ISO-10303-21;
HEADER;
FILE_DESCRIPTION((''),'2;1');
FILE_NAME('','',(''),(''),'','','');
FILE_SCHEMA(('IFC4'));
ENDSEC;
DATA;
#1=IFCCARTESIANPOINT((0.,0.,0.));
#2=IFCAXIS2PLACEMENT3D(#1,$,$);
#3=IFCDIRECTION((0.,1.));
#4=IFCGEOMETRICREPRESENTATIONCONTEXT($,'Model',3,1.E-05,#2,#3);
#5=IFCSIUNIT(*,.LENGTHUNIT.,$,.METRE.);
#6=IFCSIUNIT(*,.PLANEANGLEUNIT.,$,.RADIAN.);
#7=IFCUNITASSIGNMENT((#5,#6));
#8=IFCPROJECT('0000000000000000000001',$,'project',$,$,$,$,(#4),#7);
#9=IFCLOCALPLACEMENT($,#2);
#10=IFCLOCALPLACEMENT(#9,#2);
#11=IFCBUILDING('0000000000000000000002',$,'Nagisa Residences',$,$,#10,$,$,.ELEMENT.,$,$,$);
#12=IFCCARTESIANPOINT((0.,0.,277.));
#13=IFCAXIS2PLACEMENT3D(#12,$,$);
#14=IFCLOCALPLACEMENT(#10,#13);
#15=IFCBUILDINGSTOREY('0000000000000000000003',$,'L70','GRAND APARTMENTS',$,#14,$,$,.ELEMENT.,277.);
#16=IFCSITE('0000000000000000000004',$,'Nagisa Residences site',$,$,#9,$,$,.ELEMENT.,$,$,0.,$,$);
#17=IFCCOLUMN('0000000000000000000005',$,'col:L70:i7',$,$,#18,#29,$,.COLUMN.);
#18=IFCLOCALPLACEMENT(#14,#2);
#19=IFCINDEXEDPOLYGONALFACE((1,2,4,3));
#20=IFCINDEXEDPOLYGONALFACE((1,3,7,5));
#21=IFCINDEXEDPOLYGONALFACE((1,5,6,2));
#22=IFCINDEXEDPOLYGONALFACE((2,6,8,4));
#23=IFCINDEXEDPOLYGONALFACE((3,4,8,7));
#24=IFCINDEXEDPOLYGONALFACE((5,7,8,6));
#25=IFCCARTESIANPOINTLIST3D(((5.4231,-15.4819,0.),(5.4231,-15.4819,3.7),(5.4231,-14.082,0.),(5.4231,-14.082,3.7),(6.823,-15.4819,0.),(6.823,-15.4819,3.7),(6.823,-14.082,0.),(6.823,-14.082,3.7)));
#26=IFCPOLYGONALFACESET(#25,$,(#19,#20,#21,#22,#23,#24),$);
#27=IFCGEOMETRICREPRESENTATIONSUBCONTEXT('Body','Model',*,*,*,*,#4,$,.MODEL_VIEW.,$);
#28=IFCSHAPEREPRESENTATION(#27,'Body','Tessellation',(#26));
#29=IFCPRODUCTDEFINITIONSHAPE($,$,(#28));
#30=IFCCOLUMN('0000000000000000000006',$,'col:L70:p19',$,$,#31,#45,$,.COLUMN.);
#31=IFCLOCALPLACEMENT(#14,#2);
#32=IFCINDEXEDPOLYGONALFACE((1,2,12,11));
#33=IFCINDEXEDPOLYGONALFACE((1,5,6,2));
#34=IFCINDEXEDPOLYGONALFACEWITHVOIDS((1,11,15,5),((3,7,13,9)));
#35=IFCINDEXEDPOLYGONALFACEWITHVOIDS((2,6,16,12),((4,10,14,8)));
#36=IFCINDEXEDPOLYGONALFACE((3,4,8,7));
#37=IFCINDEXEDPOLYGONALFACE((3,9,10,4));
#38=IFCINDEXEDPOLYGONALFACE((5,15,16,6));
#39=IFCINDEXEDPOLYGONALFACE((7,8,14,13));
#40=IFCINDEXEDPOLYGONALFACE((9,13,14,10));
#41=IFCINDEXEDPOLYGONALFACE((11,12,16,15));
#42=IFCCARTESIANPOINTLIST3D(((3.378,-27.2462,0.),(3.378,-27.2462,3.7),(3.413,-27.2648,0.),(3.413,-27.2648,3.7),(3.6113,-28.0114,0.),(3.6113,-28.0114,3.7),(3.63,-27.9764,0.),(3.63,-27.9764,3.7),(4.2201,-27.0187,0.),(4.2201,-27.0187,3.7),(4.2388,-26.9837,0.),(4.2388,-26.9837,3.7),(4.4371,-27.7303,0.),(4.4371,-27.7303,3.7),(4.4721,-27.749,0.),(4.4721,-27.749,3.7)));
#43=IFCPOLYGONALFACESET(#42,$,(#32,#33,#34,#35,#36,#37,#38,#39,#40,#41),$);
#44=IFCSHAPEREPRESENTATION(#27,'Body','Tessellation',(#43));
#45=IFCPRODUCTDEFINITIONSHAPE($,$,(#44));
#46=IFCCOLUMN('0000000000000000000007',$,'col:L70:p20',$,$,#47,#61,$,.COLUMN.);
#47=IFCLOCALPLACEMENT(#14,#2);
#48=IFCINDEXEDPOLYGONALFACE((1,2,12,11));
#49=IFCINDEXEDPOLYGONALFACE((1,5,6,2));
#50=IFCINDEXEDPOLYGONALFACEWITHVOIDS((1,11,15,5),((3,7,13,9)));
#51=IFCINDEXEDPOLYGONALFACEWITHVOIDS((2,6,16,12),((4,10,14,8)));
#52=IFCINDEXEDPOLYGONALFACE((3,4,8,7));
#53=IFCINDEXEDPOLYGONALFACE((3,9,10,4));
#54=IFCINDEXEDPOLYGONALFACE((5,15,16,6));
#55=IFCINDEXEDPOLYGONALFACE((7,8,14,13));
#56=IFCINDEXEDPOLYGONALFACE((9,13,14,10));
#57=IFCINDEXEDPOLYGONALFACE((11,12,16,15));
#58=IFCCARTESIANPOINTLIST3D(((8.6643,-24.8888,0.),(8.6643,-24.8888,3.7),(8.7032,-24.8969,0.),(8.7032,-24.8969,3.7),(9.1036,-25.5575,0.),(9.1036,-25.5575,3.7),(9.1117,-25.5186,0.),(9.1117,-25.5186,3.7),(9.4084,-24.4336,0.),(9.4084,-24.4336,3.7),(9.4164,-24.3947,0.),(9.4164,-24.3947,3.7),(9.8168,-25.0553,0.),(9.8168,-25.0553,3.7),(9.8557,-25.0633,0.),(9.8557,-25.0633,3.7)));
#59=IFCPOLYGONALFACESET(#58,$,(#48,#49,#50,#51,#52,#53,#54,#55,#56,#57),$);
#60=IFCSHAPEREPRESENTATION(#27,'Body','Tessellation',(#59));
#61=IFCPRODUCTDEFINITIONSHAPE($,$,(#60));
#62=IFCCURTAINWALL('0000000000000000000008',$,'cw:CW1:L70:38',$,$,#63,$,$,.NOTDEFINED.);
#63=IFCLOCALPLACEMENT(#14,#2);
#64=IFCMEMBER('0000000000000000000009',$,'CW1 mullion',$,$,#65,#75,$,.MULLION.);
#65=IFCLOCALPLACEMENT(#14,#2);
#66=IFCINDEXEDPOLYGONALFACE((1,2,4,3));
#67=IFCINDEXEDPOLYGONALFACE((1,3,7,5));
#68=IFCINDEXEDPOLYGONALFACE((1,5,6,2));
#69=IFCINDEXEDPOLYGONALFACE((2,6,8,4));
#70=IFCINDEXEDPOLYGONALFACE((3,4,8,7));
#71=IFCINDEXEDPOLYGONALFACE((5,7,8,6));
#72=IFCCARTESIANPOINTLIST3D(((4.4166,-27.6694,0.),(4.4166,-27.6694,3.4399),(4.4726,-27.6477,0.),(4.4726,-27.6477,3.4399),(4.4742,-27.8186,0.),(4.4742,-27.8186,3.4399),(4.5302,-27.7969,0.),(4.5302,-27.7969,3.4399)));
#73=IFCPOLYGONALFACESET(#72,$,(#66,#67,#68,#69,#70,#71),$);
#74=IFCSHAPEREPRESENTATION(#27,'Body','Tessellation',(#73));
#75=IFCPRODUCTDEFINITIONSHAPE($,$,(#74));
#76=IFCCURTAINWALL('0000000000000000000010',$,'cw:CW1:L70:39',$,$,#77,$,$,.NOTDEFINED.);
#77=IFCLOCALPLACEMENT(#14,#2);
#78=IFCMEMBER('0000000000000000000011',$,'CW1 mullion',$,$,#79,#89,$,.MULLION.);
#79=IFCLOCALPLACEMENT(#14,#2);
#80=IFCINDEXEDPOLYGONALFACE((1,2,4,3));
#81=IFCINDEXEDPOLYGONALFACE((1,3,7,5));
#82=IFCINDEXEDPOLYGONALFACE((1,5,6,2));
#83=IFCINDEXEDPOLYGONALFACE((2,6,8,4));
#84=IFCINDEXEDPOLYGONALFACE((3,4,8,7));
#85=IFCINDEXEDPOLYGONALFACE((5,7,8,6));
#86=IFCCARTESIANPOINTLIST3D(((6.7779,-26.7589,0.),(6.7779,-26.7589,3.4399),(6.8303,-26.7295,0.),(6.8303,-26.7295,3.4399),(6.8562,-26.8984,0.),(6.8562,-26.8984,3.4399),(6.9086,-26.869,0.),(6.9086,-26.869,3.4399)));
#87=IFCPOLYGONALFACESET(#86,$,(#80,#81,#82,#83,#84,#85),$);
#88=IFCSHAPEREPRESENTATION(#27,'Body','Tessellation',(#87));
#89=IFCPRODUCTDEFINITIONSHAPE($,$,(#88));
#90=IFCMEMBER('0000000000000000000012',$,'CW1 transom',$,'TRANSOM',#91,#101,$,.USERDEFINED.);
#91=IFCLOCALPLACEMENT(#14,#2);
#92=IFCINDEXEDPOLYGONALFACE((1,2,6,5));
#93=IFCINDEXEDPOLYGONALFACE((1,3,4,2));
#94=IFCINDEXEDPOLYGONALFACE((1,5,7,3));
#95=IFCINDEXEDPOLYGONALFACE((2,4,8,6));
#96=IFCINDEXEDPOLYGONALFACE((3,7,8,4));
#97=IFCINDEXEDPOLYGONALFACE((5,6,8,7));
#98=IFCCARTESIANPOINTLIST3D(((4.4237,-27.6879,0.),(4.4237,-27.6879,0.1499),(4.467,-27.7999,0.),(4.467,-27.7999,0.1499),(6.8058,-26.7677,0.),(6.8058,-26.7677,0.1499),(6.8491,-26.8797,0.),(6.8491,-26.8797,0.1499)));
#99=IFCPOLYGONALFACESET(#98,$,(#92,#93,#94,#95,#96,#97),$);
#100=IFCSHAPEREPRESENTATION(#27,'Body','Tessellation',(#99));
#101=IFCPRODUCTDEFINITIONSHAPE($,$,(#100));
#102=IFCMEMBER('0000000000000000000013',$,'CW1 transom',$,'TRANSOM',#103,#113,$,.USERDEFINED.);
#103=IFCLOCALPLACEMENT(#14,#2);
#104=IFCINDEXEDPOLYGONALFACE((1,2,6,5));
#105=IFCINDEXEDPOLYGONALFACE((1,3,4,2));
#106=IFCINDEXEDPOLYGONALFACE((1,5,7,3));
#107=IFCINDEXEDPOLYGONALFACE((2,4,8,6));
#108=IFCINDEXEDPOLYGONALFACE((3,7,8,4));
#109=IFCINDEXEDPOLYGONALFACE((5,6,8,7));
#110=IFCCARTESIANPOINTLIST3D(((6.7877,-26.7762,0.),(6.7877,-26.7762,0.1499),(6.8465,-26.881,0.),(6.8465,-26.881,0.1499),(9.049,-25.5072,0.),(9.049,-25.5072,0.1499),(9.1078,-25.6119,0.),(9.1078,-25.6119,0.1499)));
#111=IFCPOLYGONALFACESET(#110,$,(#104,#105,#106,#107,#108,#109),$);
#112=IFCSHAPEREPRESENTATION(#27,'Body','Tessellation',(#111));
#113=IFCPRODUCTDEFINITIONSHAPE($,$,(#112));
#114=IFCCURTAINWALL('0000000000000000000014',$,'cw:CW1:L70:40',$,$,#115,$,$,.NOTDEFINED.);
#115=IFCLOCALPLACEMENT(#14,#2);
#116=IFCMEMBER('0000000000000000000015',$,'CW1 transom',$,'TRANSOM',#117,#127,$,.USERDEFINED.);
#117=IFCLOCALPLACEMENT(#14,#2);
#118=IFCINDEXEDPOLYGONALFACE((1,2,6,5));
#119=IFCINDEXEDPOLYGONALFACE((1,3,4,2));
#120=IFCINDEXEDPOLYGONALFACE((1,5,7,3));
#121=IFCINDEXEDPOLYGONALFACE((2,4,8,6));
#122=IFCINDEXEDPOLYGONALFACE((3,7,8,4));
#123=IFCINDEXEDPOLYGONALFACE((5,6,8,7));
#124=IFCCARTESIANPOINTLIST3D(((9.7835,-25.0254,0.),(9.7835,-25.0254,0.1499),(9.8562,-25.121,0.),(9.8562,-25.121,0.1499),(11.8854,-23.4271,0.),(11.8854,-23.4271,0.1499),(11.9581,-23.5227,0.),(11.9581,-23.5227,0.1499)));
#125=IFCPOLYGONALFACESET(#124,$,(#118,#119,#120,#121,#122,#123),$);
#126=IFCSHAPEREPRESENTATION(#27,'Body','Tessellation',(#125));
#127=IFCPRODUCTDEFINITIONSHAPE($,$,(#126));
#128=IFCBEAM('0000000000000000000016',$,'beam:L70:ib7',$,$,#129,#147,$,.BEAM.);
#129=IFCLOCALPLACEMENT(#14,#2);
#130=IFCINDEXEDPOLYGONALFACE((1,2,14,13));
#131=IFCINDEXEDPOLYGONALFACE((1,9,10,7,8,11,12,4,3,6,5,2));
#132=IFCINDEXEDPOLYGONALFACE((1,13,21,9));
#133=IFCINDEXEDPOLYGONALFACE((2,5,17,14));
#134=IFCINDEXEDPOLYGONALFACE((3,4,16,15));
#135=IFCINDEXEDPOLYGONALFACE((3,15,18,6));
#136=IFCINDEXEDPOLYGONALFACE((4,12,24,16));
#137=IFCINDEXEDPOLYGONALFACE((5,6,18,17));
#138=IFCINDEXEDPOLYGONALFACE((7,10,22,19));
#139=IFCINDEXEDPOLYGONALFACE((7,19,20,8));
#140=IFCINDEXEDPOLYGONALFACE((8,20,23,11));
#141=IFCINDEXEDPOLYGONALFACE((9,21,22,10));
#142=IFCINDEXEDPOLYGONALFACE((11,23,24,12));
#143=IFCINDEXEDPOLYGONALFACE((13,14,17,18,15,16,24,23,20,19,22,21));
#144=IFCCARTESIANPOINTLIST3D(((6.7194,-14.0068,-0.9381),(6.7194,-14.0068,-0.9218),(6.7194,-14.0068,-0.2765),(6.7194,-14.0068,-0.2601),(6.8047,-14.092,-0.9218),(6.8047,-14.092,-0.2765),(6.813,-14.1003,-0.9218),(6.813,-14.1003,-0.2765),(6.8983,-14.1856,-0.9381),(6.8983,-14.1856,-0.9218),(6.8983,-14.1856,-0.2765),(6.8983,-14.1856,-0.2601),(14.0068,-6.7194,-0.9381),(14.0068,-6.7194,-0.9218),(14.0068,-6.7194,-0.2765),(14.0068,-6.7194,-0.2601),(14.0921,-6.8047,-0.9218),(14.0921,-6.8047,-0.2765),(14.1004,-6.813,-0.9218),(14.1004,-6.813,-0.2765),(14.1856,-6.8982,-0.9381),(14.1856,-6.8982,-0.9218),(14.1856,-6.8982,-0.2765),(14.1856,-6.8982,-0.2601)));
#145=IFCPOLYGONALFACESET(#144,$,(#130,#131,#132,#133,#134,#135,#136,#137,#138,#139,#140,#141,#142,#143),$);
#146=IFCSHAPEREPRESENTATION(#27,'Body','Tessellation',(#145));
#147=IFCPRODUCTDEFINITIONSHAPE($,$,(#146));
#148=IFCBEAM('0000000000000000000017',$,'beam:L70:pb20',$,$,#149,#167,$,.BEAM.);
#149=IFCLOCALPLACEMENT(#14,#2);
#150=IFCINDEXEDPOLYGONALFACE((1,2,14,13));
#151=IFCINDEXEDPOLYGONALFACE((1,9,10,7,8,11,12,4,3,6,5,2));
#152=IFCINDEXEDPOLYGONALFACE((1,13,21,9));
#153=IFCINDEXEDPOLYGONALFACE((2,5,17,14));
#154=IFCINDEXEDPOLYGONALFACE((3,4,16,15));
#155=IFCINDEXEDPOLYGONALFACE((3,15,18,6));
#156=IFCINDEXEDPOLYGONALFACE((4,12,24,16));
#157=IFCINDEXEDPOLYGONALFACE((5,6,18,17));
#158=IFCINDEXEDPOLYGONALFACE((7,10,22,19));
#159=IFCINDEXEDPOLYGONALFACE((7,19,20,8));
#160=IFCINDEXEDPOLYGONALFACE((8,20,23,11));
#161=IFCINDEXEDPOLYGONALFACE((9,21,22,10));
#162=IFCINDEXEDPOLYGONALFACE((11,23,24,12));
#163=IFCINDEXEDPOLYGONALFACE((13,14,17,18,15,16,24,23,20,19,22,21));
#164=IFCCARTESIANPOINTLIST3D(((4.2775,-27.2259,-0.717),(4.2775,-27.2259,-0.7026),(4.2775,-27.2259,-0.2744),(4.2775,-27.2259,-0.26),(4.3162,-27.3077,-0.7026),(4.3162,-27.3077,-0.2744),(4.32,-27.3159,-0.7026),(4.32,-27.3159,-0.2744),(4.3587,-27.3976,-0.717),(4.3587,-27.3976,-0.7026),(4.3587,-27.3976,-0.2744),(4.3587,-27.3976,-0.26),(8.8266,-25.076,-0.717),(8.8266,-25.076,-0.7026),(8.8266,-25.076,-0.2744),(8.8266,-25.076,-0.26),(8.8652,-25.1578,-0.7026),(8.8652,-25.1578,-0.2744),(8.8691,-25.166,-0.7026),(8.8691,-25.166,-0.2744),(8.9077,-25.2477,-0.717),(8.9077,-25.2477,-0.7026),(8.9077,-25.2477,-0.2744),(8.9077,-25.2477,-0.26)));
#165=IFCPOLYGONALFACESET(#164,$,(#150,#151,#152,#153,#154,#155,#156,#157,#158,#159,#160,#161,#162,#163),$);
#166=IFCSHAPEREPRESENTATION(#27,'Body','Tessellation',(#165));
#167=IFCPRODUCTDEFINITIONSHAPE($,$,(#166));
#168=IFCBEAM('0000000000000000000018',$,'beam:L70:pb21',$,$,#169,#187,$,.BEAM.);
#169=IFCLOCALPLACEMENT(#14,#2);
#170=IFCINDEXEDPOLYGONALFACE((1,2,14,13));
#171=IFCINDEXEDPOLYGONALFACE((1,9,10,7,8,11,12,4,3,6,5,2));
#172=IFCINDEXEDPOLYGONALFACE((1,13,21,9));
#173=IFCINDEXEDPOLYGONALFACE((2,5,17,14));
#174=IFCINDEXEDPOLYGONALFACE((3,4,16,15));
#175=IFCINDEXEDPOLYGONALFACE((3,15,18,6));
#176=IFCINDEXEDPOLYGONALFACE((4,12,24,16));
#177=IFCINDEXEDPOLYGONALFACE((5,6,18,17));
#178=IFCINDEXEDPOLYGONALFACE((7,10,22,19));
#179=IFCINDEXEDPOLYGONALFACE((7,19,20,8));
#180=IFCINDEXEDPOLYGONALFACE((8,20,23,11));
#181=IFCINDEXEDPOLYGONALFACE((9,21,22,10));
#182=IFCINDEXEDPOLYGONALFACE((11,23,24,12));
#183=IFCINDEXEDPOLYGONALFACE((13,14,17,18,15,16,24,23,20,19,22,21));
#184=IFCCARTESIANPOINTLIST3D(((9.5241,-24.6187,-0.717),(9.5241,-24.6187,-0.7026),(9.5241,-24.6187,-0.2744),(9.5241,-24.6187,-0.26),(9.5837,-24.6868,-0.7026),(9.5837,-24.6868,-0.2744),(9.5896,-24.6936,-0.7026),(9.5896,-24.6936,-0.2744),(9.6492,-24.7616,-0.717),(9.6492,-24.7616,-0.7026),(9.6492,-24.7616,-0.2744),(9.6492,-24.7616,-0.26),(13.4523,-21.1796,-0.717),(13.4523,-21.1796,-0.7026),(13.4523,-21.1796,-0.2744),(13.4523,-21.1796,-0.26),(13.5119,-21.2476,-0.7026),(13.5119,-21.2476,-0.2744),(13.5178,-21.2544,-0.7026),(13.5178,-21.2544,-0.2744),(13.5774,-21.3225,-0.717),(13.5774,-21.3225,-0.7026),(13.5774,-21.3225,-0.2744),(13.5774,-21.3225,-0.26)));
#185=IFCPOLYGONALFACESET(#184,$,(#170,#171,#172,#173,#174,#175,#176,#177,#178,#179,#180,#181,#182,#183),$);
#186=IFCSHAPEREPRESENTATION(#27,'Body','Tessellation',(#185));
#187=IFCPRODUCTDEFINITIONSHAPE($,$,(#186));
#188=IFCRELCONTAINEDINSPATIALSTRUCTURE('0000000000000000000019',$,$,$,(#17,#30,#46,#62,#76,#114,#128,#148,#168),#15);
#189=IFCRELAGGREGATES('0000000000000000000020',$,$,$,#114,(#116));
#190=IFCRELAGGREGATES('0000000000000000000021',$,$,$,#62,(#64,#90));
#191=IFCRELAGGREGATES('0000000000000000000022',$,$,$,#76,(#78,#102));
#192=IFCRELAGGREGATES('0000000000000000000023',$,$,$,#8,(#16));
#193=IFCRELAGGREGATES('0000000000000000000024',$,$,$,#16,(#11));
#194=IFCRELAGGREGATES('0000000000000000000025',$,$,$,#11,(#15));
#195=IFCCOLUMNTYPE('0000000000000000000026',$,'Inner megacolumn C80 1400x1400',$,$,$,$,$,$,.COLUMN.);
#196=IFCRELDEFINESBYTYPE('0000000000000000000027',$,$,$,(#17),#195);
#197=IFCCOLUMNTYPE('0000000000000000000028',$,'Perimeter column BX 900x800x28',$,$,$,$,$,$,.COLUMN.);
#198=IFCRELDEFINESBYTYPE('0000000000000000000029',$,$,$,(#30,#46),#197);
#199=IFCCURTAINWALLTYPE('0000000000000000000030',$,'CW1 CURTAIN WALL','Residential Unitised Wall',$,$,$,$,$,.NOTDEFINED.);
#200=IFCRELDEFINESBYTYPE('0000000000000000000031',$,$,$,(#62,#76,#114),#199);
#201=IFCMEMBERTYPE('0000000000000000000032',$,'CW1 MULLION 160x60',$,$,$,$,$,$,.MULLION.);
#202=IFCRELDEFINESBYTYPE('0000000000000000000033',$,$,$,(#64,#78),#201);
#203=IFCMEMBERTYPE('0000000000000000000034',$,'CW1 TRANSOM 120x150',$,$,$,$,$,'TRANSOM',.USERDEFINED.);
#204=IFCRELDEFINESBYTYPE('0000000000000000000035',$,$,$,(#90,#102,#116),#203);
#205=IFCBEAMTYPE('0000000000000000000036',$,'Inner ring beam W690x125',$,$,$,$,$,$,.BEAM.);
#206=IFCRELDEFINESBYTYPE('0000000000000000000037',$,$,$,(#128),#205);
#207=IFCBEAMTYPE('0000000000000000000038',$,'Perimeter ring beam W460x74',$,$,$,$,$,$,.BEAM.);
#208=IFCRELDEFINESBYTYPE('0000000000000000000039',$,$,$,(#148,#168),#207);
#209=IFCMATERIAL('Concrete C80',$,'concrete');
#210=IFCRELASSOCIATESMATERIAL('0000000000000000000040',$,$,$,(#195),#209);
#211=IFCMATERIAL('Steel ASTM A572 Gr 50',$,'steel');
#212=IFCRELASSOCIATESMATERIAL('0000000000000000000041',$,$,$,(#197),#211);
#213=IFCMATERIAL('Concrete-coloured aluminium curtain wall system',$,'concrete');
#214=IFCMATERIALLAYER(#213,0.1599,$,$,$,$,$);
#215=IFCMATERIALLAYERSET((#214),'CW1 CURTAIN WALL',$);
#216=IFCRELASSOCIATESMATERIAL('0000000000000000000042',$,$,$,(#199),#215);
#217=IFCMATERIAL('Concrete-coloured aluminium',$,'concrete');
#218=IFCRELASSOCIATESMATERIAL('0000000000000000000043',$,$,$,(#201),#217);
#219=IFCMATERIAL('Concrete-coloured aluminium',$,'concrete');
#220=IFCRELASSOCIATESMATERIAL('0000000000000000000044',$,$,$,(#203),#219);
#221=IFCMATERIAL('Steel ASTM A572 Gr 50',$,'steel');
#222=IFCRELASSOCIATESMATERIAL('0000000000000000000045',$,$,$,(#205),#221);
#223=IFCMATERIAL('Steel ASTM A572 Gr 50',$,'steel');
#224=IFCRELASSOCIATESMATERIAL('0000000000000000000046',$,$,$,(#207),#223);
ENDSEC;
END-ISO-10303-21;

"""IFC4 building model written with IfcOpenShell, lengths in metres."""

from ifc_helpers import new_model, si_unit, direction, frame, origin, origin_2d, place, context, subcontext, project, spatial, rectangle, hollow_rectangle, i_section, extrude, material, layer, layer_set, material_profile, profile_set, type_object, element, aggregate, save


model = new_model("IFC4")

# Units and contexts
model_context = context("Model", 3, precision=1e-05, world=origin(), true_north=direction((0.0, 1.0)))
body_context = subcontext(model_context, "Body", "Model", "MODEL_VIEW")
ifc_project = project(units=[si_unit("LENGTHUNIT", "METRE"), si_unit("PLANEANGLEUNIT", "RADIAN")], contexts=[model_context])

# Site, building, storey
site_placement = place(None, origin())
site = spatial("IfcSite", under=ifc_project, at=site_placement, Name="Nagisa Residences site", CompositionType="ELEMENT", RefElevation=0.0)
building_placement = place(site_placement, origin())
building = spatial("IfcBuilding", under=site, at=building_placement, Name="Nagisa Residences", CompositionType="ELEMENT")
storey_placement = place(building_placement, frame((0.0, 0.0, 277.0)))
storey = spatial("IfcBuildingStorey", under=building, at=storey_placement, Name="L70", Description="GRAND APARTMENTS", CompositionType="ELEMENT", Elevation=277.0)

# Columns
ifc_material_1 = material(Name="Concrete C80", Category="concrete")
ifc_material_profile_1 = material_profile(ifc_material_1, rectangle(XDim=1.3999, YDim=1.3999, at=origin_2d()), Name="C80 1400x1400")
ifc_profile_set_1 = profile_set([ifc_material_profile_1], Name="Concrete C80")
column_type_1 = type_object("IfcColumnType", Name="Inner megacolumn C80 1400x1400", PredefinedType="COLUMN", material=ifc_profile_set_1)
column_placement = place(storey_placement, frame((6.123, -14.782, 0.0), z_axis=(0.0, 0.0, 1.0), x_axis=(1.0, 0.0, 0.0)))
element("IfcColumn", 1, at=column_placement, inside=storey, type_object=column_type_1, Name="col:L70:i7", PredefinedType="COLUMN", context=body_context, shape_type="SweptSolid", body=[
    extrude(rectangle(XDim=1.3999, YDim=1.3999, at=origin_2d()), origin(), (0.0, 0.0, 1.0), 3.7),
])
ifc_material_2 = material(Name="Steel ASTM A572 Gr 50", Category="steel")
ifc_material_profile_2 = material_profile(ifc_material_2, hollow_rectangle(XDim=0.8999, YDim=0.8, WallThickness=0.0281, at=origin_2d()), Name="BX 900x800x28")
ifc_profile_set_2 = profile_set([ifc_material_profile_2], Name="Steel ASTM A572 Gr 50")
column_type_2 = type_object("IfcColumnType", Name="Perimeter column BX 900x800x28", PredefinedType="COLUMN", material=ifc_profile_set_2)
for number, where, z_axis, x_axis, name in (
    (2, (3.925, -27.4976, 0.0), (0.0, 0.0, 1.0), (0.956525, 0.291652, 0.0), "col:L70:p19"),
    (3, (9.26, -24.9761, 0.0), (0.0, 0.0, 1.0), (0.835766, 0.549086, 0.0), "col:L70:p20"),
):
    element("IfcColumn", number, at=place(storey_placement, frame(where, z_axis=z_axis, x_axis=x_axis)), inside=storey, type_object=column_type_2, Name=name, PredefinedType="COLUMN", context=body_context, shape_type="SweptSolid", body=[
        extrude(hollow_rectangle(XDim=0.8999, YDim=0.8, WallThickness=0.0281, at=origin_2d()), origin(), (0.0, 0.0, 1.0), 3.7),
    ])

# Curtain walls, members
ifc_material_3 = material(Name="Concrete-coloured aluminium curtain wall system", Category="concrete")
ifc_layer_1 = layer(ifc_material_3, 0.1599)
ifc_layer_set_1 = layer_set([ifc_layer_1], Name="CW1 CURTAIN WALL")
curtain_wall_type = type_object("IfcCurtainWallType", Name="CW1 CURTAIN WALL", Description="Residential Unitised Wall", PredefinedType="NOTDEFINED", material=ifc_layer_set_1)
curtain_wall_1_placement = place(storey_placement, origin())
curtain_wall_1 = element("IfcCurtainWall", 4, at=curtain_wall_1_placement, inside=storey, type_object=curtain_wall_type, Name="cw:CW1:L70:38", PredefinedType="NOTDEFINED")
ifc_material_4 = material(Name="Concrete-coloured aluminium", Category="concrete")
ifc_material_profile_3 = material_profile(ifc_material_4, rectangle(XDim=0.1599, YDim=0.0601, at=origin_2d()), Name="CW1 MULLION 160x60")
ifc_profile_set_3 = profile_set([ifc_material_profile_3], Name="Concrete-coloured aluminium")
member_type_1 = type_object("IfcMemberType", Name="CW1 MULLION 160x60", PredefinedType="MULLION", material=ifc_profile_set_3)
member_1_placement = place(storey_placement, frame((4.4734, -27.7332, 0.0), z_axis=(0.0, 0.0, 1.0), x_axis=(-0.360328, 0.932826, 0.0)))
member_1 = element("IfcMember", 5, at=member_1_placement, type_object=member_type_1, Name="CW1 mullion", PredefinedType="MULLION", context=body_context, shape_type="SweptSolid", body=[
    extrude(rectangle(XDim=0.1599, YDim=0.0601, at=origin_2d()), origin(), (0.0, 0.0, 1.0), 3.4399),
])
curtain_wall_2_placement = place(storey_placement, origin())
curtain_wall_2 = element("IfcCurtainWall", 6, at=curtain_wall_2_placement, inside=storey, type_object=curtain_wall_type, Name="cw:CW1:L70:39", PredefinedType="NOTDEFINED")
member_2_placement = place(storey_placement, frame((6.8433, -26.814, 0.0), z_axis=(0.0, 0.0, 1.0), x_axis=(-0.489377, 0.872072, 0.0)))
member_2 = element("IfcMember", 7, at=member_2_placement, type_object=member_type_1, Name="CW1 mullion", PredefinedType="MULLION", context=body_context, shape_type="SweptSolid", body=[
    extrude(rectangle(XDim=0.1599, YDim=0.0601, at=origin_2d()), origin(), (0.0, 0.0, 1.0), 3.4399),
])

# Members
ifc_material_5 = material(Name="Concrete-coloured aluminium", Category="concrete")
ifc_material_profile_4 = material_profile(ifc_material_5, rectangle(XDim=0.1201, YDim=0.1499, at=origin_2d()), Name="CW1 TRANSOM 120x150")
ifc_profile_set_4 = profile_set([ifc_material_profile_4], Name="Concrete-coloured aluminium")
member_type_2 = type_object("IfcMemberType", Name="CW1 TRANSOM 120x150", ElementType="TRANSOM", PredefinedType="USERDEFINED", material=ifc_profile_set_4)
member_3_placement = place(storey_placement, frame((4.4453, -27.7439, 0.075), z_axis=(0.932822, 0.360337, 0.0), x_axis=(-0.360337, 0.932822, 0.0)))
member_3 = element("IfcMember", 8, at=member_3_placement, type_object=member_type_2, Name="CW1 transom", ObjectType="TRANSOM", PredefinedType="USERDEFINED", context=body_context, shape_type="SweptSolid", body=[
    extrude(rectangle(XDim=0.1201, YDim=0.1499, at=origin_2d()), origin(), (0.0, 0.0, 1.0), 2.5537),
])
member_4_placement = place(storey_placement, frame((6.8171, -26.8286, 0.075), z_axis=(0.872053, 0.489412, 0.0), x_axis=(-0.489412, 0.872053, 0.0)))
member_4 = element("IfcMember", 9, at=member_4_placement, type_object=member_type_2, Name="CW1 transom", ObjectType="TRANSOM", PredefinedType="USERDEFINED", context=body_context, shape_type="SweptSolid", body=[
    extrude(rectangle(XDim=0.1201, YDim=0.1499, at=origin_2d()), origin(), (0.0, 0.0, 1.0), 2.593),
])

# Curtain wall, member
curtain_wall_3_placement = place(storey_placement, origin())
curtain_wall_3 = element("IfcCurtainWall", 10, at=curtain_wall_3_placement, inside=storey, type_object=curtain_wall_type, Name="cw:CW1:L70:40", PredefinedType="NOTDEFINED")
member_5_placement = place(storey_placement, frame((9.8198, -25.0732, 0.075), z_axis=(0.796011, 0.605282, 0.0), x_axis=(-0.605282, 0.796011, 0.0)))
member_5 = element("IfcMember", 11, at=member_5_placement, type_object=member_type_2, Name="CW1 transom", ObjectType="TRANSOM", PredefinedType="USERDEFINED", context=body_context, shape_type="SweptSolid", body=[
    extrude(rectangle(XDim=0.1201, YDim=0.1499, at=origin_2d()), origin(), (0.0, 0.0, 1.0), 2.6406),
])
aggregate(curtain_wall_3, [member_5])

# Beams
ifc_material_6 = material(Name="Steel ASTM A572 Gr 50", Category="steel")
ifc_material_profile_5 = material_profile(ifc_material_6, i_section(OverallWidth=0.2529, OverallDepth=0.678, WebThickness=0.0117, FlangeThickness=0.0164, at=origin_2d()), Name="W690x125")
ifc_profile_set_5 = profile_set([ifc_material_profile_5], Name="Steel ASTM A572 Gr 50")
beam_type_1 = type_object("IfcBeamType", Name="Inner ring beam W690x125", PredefinedType="BEAM", material=ifc_profile_set_5)
beam_1_placement = place(storey_placement, frame((6.8088, -14.0962, -0.5991), z_axis=(0.707107, 0.707107, 0.0), x_axis=(-0.707107, 0.707107, 0.0)))
element("IfcBeam", 12, at=beam_1_placement, inside=storey, type_object=beam_type_1, Name="beam:L70:ib7", PredefinedType="BEAM", context=body_context, shape_type="SweptSolid", body=[
    extrude(i_section(OverallWidth=0.2529, OverallDepth=0.678, WebThickness=0.0117, FlangeThickness=0.0164, at=origin_2d()), origin(), (0.0, 0.0, 1.0), 10.3059),
])
ifc_material_7 = material(Name="Steel ASTM A572 Gr 50", Category="steel")
ifc_material_profile_6 = material_profile(ifc_material_7, i_section(OverallWidth=0.1899, OverallDepth=0.457, WebThickness=0.009, FlangeThickness=0.0144, at=origin_2d()), Name="W460x74")
ifc_profile_set_6 = profile_set([ifc_material_profile_6], Name="Steel ASTM A572 Gr 50")
beam_type_2 = type_object("IfcBeamType", Name="Perimeter ring beam W460x74", PredefinedType="BEAM", material=ifc_profile_set_6)
beam_2_placement = place(storey_placement, frame((4.3181, -27.3118, -0.4885), z_axis=(0.904116, 0.427287, 0.0), x_axis=(-0.427287, 0.904116, 0.0)))
element("IfcBeam", 13, at=beam_2_placement, inside=storey, type_object=beam_type_2, Name="beam:L70:pb20", PredefinedType="BEAM", context=body_context, shape_type="SweptSolid", body=[
    extrude(i_section(OverallWidth=0.1899, OverallDepth=0.457, WebThickness=0.009, FlangeThickness=0.0144, at=origin_2d()), origin(), (0.0, 0.0, 1.0), 5.0315),
])
beam_3_placement = place(storey_placement, frame((9.5867, -24.6902, -0.4885), z_axis=(0.752385, 0.658723, 0.0), x_axis=(-0.658723, 0.752385, 0.0)))
element("IfcBeam", 14, at=beam_3_placement, inside=storey, type_object=beam_type_2, Name="beam:L70:pb21", PredefinedType="BEAM", context=body_context, shape_type="SweptSolid", body=[
    extrude(i_section(OverallWidth=0.1899, OverallDepth=0.457, WebThickness=0.009, FlangeThickness=0.0144, at=origin_2d()), origin(), (0.0, 0.0, 1.0), 5.2209),
])

aggregate(curtain_wall_1, [member_1, member_3])
aggregate(curtain_wall_2, [member_2, member_4])

save(model, "model.ifc")
